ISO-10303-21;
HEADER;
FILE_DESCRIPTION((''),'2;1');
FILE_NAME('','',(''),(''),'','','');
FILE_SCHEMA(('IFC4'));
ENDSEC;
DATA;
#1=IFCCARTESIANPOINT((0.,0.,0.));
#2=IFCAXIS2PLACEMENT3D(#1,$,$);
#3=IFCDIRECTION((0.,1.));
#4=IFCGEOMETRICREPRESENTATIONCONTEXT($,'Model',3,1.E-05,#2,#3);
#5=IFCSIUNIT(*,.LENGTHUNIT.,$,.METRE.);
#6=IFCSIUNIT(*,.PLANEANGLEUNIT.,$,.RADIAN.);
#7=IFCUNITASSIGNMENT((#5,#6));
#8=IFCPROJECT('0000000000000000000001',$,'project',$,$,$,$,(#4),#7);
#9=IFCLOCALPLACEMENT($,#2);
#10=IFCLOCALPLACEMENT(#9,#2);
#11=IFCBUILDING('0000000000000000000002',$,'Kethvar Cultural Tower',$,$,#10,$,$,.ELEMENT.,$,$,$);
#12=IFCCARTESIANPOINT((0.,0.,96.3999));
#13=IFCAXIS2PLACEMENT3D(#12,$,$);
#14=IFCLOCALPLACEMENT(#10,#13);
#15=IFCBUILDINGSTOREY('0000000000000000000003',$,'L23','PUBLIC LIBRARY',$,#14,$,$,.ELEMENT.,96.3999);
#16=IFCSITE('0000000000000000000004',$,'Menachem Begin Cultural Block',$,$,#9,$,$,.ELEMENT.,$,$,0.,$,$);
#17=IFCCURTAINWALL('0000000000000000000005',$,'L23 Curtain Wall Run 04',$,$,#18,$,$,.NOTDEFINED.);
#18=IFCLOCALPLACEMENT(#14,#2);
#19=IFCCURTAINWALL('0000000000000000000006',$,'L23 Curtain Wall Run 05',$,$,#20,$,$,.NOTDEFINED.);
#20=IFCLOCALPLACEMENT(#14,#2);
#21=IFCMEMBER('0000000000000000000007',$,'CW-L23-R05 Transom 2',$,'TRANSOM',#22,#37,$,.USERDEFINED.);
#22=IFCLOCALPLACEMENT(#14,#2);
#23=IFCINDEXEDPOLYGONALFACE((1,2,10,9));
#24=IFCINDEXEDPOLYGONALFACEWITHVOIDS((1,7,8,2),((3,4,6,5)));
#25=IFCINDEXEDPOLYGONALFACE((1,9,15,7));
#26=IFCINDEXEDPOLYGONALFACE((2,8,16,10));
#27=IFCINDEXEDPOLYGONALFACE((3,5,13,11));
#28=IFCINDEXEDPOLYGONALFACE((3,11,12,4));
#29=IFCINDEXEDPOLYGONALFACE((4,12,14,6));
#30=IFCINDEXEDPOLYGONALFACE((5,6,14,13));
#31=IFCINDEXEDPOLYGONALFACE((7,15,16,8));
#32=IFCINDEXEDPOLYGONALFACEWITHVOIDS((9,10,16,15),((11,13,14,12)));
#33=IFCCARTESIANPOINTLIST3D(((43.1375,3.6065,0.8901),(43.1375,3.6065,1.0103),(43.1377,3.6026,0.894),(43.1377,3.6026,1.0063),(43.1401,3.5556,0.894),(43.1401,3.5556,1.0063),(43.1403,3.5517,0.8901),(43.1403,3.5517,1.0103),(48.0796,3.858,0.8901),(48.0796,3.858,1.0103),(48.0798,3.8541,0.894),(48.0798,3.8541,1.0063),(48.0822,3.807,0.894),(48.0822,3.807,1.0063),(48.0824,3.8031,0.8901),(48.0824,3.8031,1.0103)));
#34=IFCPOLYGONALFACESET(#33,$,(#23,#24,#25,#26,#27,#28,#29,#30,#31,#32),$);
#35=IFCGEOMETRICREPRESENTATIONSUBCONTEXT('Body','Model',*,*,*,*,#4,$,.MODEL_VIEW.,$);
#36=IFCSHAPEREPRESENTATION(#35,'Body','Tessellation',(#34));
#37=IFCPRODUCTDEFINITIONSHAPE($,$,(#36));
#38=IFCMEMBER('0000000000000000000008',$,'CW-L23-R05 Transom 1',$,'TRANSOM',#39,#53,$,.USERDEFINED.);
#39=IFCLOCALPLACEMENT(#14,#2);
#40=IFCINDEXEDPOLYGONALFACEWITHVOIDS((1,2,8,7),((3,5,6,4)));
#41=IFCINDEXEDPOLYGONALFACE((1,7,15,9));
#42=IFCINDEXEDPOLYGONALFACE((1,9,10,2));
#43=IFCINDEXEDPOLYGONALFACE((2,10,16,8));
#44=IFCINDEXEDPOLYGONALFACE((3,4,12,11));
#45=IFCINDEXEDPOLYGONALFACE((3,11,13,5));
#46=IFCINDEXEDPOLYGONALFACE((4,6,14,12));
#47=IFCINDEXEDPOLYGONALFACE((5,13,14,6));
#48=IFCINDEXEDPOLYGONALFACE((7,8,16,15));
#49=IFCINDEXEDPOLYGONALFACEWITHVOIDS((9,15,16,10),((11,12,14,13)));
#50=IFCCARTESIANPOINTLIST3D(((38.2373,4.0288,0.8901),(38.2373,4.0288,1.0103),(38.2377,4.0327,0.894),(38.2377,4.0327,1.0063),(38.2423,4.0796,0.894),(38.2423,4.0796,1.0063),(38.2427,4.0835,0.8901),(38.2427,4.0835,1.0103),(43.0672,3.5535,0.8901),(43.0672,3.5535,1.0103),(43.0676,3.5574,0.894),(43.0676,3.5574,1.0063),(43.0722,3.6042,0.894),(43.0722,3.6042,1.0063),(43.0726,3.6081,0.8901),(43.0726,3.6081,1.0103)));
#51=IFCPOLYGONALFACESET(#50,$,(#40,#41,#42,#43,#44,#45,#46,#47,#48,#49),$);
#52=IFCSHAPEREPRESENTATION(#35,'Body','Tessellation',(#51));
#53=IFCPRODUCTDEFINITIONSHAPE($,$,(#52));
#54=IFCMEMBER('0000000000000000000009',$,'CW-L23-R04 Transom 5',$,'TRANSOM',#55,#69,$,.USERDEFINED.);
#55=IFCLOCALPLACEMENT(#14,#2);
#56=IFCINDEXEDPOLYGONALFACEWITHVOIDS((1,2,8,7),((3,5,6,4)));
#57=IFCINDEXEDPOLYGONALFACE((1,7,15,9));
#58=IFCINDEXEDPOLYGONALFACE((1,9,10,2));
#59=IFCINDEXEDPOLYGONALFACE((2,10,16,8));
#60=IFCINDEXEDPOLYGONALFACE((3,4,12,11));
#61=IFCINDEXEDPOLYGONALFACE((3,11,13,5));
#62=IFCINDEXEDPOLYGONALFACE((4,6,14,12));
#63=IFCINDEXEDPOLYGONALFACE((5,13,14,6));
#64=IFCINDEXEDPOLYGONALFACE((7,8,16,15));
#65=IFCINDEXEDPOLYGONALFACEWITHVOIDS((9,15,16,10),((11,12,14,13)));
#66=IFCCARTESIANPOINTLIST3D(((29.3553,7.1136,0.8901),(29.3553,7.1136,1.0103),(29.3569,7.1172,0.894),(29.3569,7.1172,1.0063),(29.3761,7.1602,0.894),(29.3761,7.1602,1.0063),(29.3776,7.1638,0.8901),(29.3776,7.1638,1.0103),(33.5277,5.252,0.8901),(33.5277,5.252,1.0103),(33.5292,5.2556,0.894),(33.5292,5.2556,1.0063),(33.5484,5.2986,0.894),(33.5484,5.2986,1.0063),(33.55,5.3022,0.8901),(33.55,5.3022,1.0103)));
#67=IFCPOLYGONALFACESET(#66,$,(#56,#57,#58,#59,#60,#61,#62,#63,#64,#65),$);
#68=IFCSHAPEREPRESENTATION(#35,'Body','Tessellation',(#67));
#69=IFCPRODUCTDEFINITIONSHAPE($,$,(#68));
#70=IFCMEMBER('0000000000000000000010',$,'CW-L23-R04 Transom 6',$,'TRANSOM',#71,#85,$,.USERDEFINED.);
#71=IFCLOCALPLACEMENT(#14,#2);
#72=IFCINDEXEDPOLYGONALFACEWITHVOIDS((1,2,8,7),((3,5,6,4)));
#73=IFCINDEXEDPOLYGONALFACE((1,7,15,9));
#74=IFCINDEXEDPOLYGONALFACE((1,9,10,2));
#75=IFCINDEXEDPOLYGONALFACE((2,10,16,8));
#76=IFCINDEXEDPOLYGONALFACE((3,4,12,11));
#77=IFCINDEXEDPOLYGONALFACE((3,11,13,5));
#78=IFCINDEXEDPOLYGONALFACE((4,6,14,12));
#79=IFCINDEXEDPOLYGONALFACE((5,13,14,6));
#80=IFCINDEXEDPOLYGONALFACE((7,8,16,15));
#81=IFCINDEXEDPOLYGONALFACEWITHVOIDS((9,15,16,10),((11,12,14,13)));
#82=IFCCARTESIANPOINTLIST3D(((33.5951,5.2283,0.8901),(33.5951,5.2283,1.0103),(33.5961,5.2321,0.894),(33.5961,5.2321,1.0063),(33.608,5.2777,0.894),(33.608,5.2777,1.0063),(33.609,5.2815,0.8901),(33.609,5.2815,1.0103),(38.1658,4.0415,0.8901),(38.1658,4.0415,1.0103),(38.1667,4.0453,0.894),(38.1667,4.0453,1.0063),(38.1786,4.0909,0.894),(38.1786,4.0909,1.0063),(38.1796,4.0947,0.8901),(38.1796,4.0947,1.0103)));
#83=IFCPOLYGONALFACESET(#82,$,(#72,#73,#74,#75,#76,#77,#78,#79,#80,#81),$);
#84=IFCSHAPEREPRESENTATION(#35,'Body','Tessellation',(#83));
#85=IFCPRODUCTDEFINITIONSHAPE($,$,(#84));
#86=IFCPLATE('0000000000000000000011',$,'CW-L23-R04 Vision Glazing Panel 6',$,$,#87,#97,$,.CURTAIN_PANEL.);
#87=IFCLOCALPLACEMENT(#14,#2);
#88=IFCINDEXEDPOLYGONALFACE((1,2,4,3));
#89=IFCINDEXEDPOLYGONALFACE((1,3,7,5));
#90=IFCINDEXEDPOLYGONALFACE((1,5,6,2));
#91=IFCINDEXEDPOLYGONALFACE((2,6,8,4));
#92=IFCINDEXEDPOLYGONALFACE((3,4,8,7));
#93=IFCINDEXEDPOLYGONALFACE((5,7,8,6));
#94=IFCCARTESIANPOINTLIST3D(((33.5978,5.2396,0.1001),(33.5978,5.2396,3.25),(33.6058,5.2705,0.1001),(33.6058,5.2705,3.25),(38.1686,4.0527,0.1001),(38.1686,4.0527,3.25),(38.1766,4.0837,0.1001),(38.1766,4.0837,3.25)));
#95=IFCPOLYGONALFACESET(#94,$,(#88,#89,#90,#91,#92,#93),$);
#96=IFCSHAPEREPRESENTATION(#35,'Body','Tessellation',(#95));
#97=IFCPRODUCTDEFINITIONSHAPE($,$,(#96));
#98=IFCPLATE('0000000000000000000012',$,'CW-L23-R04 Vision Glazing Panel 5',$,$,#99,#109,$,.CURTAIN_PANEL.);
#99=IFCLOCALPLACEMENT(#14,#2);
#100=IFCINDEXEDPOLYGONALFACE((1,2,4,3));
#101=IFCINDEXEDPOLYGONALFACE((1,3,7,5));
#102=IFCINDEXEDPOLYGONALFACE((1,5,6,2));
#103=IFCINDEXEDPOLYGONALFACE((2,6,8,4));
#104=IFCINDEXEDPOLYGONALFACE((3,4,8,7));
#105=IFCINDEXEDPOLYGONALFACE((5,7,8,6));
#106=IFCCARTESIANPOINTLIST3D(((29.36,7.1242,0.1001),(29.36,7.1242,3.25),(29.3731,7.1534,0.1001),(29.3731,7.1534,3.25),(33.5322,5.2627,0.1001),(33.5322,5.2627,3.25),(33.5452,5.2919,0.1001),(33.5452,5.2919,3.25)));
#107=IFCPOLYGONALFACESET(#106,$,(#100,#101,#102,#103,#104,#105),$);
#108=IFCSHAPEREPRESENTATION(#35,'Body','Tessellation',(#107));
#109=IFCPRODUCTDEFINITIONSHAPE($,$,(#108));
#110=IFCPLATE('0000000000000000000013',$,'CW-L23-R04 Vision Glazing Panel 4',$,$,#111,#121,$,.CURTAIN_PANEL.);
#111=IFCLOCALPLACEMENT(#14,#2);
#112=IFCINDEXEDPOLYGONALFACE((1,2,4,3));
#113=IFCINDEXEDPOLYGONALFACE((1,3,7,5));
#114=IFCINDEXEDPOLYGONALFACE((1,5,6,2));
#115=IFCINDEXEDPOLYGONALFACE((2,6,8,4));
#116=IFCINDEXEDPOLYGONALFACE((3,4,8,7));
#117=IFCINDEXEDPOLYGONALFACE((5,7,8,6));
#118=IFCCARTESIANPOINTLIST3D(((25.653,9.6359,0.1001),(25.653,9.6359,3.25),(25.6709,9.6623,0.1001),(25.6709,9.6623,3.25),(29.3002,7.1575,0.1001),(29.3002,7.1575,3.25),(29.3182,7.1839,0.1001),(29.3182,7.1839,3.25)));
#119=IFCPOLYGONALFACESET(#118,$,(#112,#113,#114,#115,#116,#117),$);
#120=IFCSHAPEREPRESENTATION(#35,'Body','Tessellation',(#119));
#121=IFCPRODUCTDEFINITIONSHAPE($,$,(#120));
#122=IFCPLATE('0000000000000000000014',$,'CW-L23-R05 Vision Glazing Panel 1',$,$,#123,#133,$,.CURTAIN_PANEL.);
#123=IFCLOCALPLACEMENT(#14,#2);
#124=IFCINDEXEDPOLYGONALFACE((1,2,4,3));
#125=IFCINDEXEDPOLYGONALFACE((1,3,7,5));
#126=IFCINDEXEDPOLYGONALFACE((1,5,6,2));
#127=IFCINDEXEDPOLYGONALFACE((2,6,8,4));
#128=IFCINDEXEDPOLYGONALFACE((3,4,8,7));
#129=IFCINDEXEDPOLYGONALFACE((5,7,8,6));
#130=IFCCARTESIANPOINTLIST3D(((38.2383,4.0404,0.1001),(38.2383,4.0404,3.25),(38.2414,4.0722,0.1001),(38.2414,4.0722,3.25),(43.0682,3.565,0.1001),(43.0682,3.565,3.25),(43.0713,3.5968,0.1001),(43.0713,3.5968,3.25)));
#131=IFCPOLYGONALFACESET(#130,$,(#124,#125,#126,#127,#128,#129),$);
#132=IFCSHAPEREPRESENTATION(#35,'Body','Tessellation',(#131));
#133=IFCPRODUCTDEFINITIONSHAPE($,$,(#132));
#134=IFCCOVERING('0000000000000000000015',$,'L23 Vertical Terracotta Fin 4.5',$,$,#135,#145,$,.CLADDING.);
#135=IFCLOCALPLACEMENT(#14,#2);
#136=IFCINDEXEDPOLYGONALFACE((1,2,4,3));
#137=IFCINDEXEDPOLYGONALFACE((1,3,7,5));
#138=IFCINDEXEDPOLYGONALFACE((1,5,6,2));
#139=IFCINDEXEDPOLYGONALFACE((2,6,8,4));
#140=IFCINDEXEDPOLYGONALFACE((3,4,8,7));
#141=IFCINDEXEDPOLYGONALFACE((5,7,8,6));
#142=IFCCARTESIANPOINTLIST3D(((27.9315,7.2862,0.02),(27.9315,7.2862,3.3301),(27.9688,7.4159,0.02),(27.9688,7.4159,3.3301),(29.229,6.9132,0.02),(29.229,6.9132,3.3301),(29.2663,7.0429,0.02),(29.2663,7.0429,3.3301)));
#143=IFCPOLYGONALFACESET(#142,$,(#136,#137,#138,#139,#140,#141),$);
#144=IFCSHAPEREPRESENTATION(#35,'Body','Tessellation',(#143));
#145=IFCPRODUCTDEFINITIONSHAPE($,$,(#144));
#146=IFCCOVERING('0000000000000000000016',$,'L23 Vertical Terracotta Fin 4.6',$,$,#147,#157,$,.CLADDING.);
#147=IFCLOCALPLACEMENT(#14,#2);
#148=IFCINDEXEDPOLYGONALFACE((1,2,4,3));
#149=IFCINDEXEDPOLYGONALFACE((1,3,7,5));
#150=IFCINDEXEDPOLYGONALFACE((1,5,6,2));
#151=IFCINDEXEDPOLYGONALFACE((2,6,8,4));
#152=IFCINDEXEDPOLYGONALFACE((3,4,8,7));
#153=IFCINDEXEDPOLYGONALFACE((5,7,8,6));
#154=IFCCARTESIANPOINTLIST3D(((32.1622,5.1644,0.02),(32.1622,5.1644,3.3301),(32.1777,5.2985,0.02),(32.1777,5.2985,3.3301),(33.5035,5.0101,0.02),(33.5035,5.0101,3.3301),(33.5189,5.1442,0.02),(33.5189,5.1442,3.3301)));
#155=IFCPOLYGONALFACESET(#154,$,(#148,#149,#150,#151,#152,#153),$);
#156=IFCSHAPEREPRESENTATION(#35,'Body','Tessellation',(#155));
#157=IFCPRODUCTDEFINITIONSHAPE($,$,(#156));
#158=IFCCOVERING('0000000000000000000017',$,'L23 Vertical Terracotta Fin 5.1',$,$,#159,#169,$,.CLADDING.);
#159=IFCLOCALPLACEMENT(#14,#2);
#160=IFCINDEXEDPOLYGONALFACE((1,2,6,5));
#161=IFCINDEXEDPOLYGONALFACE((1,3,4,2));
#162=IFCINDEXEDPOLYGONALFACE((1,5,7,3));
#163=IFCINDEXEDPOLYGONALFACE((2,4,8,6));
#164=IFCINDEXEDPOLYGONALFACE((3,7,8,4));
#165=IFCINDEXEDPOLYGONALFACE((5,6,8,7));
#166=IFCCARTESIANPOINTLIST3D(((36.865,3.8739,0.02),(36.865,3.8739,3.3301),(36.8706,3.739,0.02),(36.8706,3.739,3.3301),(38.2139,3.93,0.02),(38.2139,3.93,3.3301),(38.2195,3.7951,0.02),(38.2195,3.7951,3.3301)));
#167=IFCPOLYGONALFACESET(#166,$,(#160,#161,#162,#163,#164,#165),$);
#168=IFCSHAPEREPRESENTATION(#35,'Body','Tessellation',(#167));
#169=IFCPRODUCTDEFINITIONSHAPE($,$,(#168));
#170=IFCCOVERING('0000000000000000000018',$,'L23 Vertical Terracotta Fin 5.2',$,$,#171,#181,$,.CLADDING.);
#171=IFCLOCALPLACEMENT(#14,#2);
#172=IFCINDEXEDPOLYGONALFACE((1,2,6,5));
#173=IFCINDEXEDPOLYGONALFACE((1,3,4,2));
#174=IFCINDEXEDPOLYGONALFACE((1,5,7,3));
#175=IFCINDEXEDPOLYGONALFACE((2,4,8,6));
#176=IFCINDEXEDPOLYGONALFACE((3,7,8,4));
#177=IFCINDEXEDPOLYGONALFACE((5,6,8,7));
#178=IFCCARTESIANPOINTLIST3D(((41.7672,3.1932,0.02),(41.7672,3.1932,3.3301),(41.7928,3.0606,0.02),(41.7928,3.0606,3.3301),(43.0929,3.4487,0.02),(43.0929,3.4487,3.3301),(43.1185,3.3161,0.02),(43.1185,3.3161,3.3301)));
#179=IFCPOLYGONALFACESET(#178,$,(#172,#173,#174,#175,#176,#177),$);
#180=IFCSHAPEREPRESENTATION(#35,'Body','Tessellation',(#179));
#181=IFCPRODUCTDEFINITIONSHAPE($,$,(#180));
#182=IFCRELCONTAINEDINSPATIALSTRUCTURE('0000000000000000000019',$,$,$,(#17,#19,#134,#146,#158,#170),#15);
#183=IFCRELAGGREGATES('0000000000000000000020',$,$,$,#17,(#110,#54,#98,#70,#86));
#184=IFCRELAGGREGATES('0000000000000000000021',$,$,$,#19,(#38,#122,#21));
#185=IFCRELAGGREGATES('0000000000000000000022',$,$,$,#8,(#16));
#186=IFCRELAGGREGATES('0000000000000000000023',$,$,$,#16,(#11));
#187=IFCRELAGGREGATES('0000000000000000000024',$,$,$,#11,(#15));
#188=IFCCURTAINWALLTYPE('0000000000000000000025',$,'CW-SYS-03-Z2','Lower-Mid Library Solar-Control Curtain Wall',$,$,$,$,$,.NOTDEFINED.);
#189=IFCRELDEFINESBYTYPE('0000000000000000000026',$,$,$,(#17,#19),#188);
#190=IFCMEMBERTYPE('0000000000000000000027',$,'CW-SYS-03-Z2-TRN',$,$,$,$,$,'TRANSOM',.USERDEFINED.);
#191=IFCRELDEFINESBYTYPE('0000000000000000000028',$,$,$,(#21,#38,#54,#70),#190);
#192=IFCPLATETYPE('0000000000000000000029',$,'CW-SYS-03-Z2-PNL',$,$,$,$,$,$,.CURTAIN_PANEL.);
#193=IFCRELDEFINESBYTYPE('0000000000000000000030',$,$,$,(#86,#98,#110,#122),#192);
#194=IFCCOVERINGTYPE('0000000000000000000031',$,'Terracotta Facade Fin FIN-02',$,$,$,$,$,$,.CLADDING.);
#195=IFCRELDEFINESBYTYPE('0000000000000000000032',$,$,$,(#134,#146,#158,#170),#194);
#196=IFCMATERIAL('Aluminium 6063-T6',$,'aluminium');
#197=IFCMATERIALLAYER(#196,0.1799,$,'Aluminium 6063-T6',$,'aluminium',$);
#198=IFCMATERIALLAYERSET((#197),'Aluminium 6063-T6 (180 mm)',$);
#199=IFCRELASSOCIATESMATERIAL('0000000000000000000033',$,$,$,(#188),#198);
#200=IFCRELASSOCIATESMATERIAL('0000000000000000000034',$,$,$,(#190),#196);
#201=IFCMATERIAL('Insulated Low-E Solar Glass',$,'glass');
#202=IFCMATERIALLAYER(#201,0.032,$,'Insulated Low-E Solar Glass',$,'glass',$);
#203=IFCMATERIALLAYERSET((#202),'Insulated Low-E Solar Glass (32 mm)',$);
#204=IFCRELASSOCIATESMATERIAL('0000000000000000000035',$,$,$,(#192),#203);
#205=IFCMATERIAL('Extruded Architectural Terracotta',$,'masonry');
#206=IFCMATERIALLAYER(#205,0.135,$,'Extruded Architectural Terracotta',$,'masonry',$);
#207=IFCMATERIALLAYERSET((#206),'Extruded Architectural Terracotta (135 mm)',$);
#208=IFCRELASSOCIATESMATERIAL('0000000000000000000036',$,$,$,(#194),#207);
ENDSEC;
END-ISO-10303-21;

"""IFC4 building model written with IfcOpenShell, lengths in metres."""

from ifc_helpers import new_model, si_unit, direction, frame, origin, origin_2d, place, context, subcontext, project, spatial, rectangle, hollow_rectangle, extrude, source, transform, mapped, material, layer, layer_set, material_profile, profile_set, type_object, element, aggregate, save


model = new_model("IFC4")

# Units and contexts
model_context = context("Model", 3, precision=1e-05, world=origin(), true_north=direction((0.0, 1.0)))
body_context = subcontext(model_context, "Body", "Model", "MODEL_VIEW")
ifc_project = project(units=[si_unit("LENGTHUNIT", "METRE"), si_unit("PLANEANGLEUNIT", "RADIAN")], contexts=[model_context])

# Site, building, storey
site_placement = place(None, origin())
site = spatial("IfcSite", under=ifc_project, at=site_placement, Name="Menachem Begin Cultural Block", CompositionType="ELEMENT", RefElevation=0.0)
building_placement = place(site_placement, origin())
building = spatial("IfcBuilding", under=site, at=building_placement, Name="Kethvar Cultural Tower", CompositionType="ELEMENT")
storey_placement = place(building_placement, frame((0.0, 0.0, 96.3999)))
storey = spatial("IfcBuildingStorey", under=building, at=storey_placement, Name="L23", Description="PUBLIC LIBRARY", CompositionType="ELEMENT", Elevation=96.3999)

# Curtain walls, members
ifc_material_1 = material(Name="Aluminium 6063-T6", Category="aluminium")
ifc_layer_1 = layer(ifc_material_1, 0.1799, Name="Aluminium 6063-T6", Category="aluminium")
ifc_layer_set_1 = layer_set([ifc_layer_1], Name="Aluminium 6063-T6 (180 mm)")
curtain_wall_type = type_object("IfcCurtainWallType", Name="CW-SYS-03-Z2", Description="Lower-Mid Library Solar-Control Curtain Wall", PredefinedType="NOTDEFINED", material=ifc_layer_set_1)
curtain_wall_1_placement = place(storey_placement, origin())
curtain_wall_1 = element("IfcCurtainWall", 1, at=curtain_wall_1_placement, inside=storey, type_object=curtain_wall_type, Name="L23 Curtain Wall Run 04", PredefinedType="NOTDEFINED")
curtain_wall_2_placement = place(storey_placement, origin())
curtain_wall_2 = element("IfcCurtainWall", 2, at=curtain_wall_2_placement, inside=storey, type_object=curtain_wall_type, Name="L23 Curtain Wall Run 05", PredefinedType="NOTDEFINED")
ifc_material_profile_1 = material_profile(ifc_material_1, hollow_rectangle(XDim=0.0549, YDim=0.1201, WallThickness=0.0039, at=origin_2d()), Name="Aluminium 6063-T6 — RHS120x55x4")
ifc_profile_set_1 = profile_set([ifc_material_profile_1], Name="Aluminium 6063-T6 — RHS120x55x4")
member_type_1 = type_object("IfcMemberType", Name="CW-SYS-03-Z2-TRN", ElementType="TRANSOM", PredefinedType="USERDEFINED", material=ifc_profile_set_1)
shared_shape_1 = source(origin(), body_context, "Body", "SweptSolid", [
    extrude(hollow_rectangle(XDim=0.0549, YDim=0.1201, WallThickness=0.0039, at=origin_2d()), origin(), (0.0, 0.0, 1.0), 4.9485),
])
member_1_placement = place(storey_placement, frame((43.1389, 3.5791, 0.9502), z_axis=(0.998708, 0.050816, 0.0), x_axis=(-0.050816, 0.998708, 0.0)))
member_1 = element("IfcMember", 3, at=member_1_placement, type_object=member_type_1, Name="CW-L23-R05 Transom 2", ObjectType="TRANSOM", PredefinedType="USERDEFINED", context=body_context, shape_type="MappedRepresentation", body=[
    mapped(shared_shape_1, transform((0.0, 0.0, 0.0), scale=1.0)),
])
shared_shape_2 = source(origin(), body_context, "Body", "SweptSolid", [
    extrude(hollow_rectangle(XDim=0.0549, YDim=0.1201, WallThickness=0.0039, at=origin_2d()), origin(), (0.0, 0.0, 1.0), 4.8533),
])
member_2_placement = place(storey_placement, frame((38.24, 4.0562, 0.9502), z_axis=(0.995192, -0.097945, 0.0), x_axis=(0.097945, 0.995192, 0.0)))
member_2 = element("IfcMember", 4, at=member_2_placement, type_object=member_type_1, Name="CW-L23-R05 Transom 1", ObjectType="TRANSOM", PredefinedType="USERDEFINED", context=body_context, shape_type="MappedRepresentation", body=[
    mapped(shared_shape_2, transform((0.0, 0.0, 0.0), scale=1.0)),
])

# Members
shared_shape_3 = source(origin(), body_context, "Body", "SweptSolid", [
    extrude(hollow_rectangle(XDim=0.0549, YDim=0.1201, WallThickness=0.0039, at=origin_2d()), origin(), (0.0, 0.0, 1.0), 4.5688),
])
member_3_placement = place(storey_placement, frame((29.3665, 7.1387, 0.9502), z_axis=(0.913227, -0.407452, 0.0), x_axis=(0.407452, 0.913227, 0.0)))
member_3 = element("IfcMember", 5, at=member_3_placement, type_object=member_type_1, Name="CW-L23-R04 Transom 5", ObjectType="TRANSOM", PredefinedType="USERDEFINED", context=body_context, shape_type="MappedRepresentation", body=[
    mapped(shared_shape_3, transform((0.0, 0.0, 0.0), scale=1.0)),
])
shared_shape_4 = source(origin(), body_context, "Body", "SweptSolid", [
    extrude(hollow_rectangle(XDim=0.0549, YDim=0.1201, WallThickness=0.0039, at=origin_2d()), origin(), (0.0, 0.0, 1.0), 4.7222),
])
member_4_placement = place(storey_placement, frame((33.6021, 5.2549, 0.9502), z_axis=(0.967904, -0.251321, 0.0), x_axis=(0.251321, 0.967904, 0.0)))
member_4 = element("IfcMember", 6, at=member_4_placement, type_object=member_type_1, Name="CW-L23-R04 Transom 6", ObjectType="TRANSOM", PredefinedType="USERDEFINED", context=body_context, shape_type="MappedRepresentation", body=[
    mapped(shared_shape_4, transform((0.0, 0.0, 0.0), scale=1.0)),
])

# Plates
ifc_material_2 = material(Name="Insulated Low-E Solar Glass", Category="glass")
ifc_layer_2 = layer(ifc_material_2, 0.032, Name="Insulated Low-E Solar Glass", Category="glass")
ifc_layer_set_2 = layer_set([ifc_layer_2], Name="Insulated Low-E Solar Glass (32 mm)")
plate_type = type_object("IfcPlateType", Name="CW-SYS-03-Z2-PNL", PredefinedType="CURTAIN_PANEL", material=ifc_layer_set_2)
shared_shape_5 = source(origin(), body_context, "Body", "SweptSolid", [
    extrude(rectangle(XDim=4.7224, YDim=0.032, at=origin_2d()), origin(), (0.0, 0.0, 1.0), 3.1499),
])
plate_1_placement = place(storey_placement, frame((35.8872, 4.6616, 0.1001), z_axis=(0.0, 0.0, 1.0), x_axis=(0.967902, -0.251326, 0.0)))
plate_1 = element("IfcPlate", 7, at=plate_1_placement, type_object=plate_type, Name="CW-L23-R04 Vision Glazing Panel 6", PredefinedType="CURTAIN_PANEL", context=body_context, shape_type="MappedRepresentation", body=[
    mapped(shared_shape_5, transform((0.0, 0.0, 0.0), scale=1.0)),
])
shared_shape_6 = source(origin(), body_context, "Body", "SweptSolid", [
    extrude(rectangle(XDim=4.5686, YDim=0.032, at=origin_2d()), origin(), (0.0, 0.0, 1.0), 3.1499),
])
plate_2_placement = place(storey_placement, frame((31.4526, 6.208, 0.1001), z_axis=(0.0, 0.0, 1.0), x_axis=(0.913226, -0.407454, 0.0)))
plate_2 = element("IfcPlate", 8, at=plate_2_placement, type_object=plate_type, Name="CW-L23-R04 Vision Glazing Panel 5", PredefinedType="CURTAIN_PANEL", context=body_context, shape_type="MappedRepresentation", body=[
    mapped(shared_shape_6, transform((0.0, 0.0, 0.0), scale=1.0)),
])
shared_shape_7 = source(origin(), body_context, "Body", "SweptSolid", [
    extrude(rectangle(XDim=4.4097, YDim=0.032, at=origin_2d()), origin(), (0.0, 0.0, 1.0), 3.1499),
])
plate_3_placement = place(storey_placement, frame((27.4856, 8.4099, 0.1001), z_axis=(0.0, 0.0, 1.0), x_axis=(0.82711, -0.56204, 0.0)))
plate_3 = element("IfcPlate", 9, at=plate_3_placement, type_object=plate_type, Name="CW-L23-R04 Vision Glazing Panel 4", PredefinedType="CURTAIN_PANEL", context=body_context, shape_type="MappedRepresentation", body=[
    mapped(shared_shape_7, transform((0.0, 0.0, 0.0), scale=1.0)),
])
aggregate(curtain_wall_1, [plate_3, member_3, plate_2, member_4, plate_1])
shared_shape_8 = source(origin(), body_context, "Body", "SweptSolid", [
    extrude(rectangle(XDim=4.8533, YDim=0.032, at=origin_2d()), origin(), (0.0, 0.0, 1.0), 3.1499),
])
plate_4_placement = place(storey_placement, frame((40.6548, 3.8186, 0.1001), z_axis=(0.0, 0.0, 1.0), x_axis=(0.995192, -0.097948, 0.0)))
plate_4 = element("IfcPlate", 10, at=plate_4_placement, type_object=plate_type, Name="CW-L23-R05 Vision Glazing Panel 1", PredefinedType="CURTAIN_PANEL", context=body_context, shape_type="MappedRepresentation", body=[
    mapped(shared_shape_8, transform((0.0, 0.0, 0.0), scale=1.0)),
])
aggregate(curtain_wall_2, [member_2, plate_4, member_1])

# Coverings
ifc_material_3 = material(Name="Extruded Architectural Terracotta", Category="masonry")
ifc_layer_3 = layer(ifc_material_3, 0.135, Name="Extruded Architectural Terracotta", Category="masonry")
ifc_layer_set_3 = layer_set([ifc_layer_3], Name="Extruded Architectural Terracotta (135 mm)")
covering_type = type_object("IfcCoveringType", Name="Terracotta Facade Fin FIN-02", PredefinedType="CLADDING", material=ifc_layer_set_3)
shared_shape_9 = source(origin(), body_context, "Body", "SweptSolid", [
    extrude(rectangle(XDim=1.3501, YDim=0.135, at=origin_2d()), origin(), (0.0, 0.0, 1.0), 3.3101),
])
for number, where, z_axis, x_axis, name in (
    (11, (28.5989, 7.1646, 0.02), (0.0, 0.0, 1.0), (-0.961069, 0.276308, 0.0), "L23 Vertical Terracotta Fin 4.5"),
    (12, (32.8406, 5.1543, 0.02), (0.0, 0.0, 1.0), (-0.993453, 0.114244, 0.0), "L23 Vertical Terracotta Fin 4.6"),
    (13, (37.5422, 3.8345, 0.02), (0.0, 0.0, 1.0), (-0.999137, -0.041527, 0.0), "L23 Vertical Terracotta Fin 5.1"),
    (14, (42.4429, 3.2546, 0.02), (0.0, 0.0, 1.0), (-0.981926, -0.189267, 0.0), "L23 Vertical Terracotta Fin 5.2"),
):
    element("IfcCovering", number, at=place(storey_placement, frame(where, z_axis=z_axis, x_axis=x_axis)), inside=storey, type_object=covering_type, Name=name, PredefinedType="CLADDING", context=body_context, shape_type="MappedRepresentation", body=[
        mapped(shared_shape_9, transform((0.0, 0.0, 0.0), scale=1.0)),
    ])

save(model, "model.ifc")
